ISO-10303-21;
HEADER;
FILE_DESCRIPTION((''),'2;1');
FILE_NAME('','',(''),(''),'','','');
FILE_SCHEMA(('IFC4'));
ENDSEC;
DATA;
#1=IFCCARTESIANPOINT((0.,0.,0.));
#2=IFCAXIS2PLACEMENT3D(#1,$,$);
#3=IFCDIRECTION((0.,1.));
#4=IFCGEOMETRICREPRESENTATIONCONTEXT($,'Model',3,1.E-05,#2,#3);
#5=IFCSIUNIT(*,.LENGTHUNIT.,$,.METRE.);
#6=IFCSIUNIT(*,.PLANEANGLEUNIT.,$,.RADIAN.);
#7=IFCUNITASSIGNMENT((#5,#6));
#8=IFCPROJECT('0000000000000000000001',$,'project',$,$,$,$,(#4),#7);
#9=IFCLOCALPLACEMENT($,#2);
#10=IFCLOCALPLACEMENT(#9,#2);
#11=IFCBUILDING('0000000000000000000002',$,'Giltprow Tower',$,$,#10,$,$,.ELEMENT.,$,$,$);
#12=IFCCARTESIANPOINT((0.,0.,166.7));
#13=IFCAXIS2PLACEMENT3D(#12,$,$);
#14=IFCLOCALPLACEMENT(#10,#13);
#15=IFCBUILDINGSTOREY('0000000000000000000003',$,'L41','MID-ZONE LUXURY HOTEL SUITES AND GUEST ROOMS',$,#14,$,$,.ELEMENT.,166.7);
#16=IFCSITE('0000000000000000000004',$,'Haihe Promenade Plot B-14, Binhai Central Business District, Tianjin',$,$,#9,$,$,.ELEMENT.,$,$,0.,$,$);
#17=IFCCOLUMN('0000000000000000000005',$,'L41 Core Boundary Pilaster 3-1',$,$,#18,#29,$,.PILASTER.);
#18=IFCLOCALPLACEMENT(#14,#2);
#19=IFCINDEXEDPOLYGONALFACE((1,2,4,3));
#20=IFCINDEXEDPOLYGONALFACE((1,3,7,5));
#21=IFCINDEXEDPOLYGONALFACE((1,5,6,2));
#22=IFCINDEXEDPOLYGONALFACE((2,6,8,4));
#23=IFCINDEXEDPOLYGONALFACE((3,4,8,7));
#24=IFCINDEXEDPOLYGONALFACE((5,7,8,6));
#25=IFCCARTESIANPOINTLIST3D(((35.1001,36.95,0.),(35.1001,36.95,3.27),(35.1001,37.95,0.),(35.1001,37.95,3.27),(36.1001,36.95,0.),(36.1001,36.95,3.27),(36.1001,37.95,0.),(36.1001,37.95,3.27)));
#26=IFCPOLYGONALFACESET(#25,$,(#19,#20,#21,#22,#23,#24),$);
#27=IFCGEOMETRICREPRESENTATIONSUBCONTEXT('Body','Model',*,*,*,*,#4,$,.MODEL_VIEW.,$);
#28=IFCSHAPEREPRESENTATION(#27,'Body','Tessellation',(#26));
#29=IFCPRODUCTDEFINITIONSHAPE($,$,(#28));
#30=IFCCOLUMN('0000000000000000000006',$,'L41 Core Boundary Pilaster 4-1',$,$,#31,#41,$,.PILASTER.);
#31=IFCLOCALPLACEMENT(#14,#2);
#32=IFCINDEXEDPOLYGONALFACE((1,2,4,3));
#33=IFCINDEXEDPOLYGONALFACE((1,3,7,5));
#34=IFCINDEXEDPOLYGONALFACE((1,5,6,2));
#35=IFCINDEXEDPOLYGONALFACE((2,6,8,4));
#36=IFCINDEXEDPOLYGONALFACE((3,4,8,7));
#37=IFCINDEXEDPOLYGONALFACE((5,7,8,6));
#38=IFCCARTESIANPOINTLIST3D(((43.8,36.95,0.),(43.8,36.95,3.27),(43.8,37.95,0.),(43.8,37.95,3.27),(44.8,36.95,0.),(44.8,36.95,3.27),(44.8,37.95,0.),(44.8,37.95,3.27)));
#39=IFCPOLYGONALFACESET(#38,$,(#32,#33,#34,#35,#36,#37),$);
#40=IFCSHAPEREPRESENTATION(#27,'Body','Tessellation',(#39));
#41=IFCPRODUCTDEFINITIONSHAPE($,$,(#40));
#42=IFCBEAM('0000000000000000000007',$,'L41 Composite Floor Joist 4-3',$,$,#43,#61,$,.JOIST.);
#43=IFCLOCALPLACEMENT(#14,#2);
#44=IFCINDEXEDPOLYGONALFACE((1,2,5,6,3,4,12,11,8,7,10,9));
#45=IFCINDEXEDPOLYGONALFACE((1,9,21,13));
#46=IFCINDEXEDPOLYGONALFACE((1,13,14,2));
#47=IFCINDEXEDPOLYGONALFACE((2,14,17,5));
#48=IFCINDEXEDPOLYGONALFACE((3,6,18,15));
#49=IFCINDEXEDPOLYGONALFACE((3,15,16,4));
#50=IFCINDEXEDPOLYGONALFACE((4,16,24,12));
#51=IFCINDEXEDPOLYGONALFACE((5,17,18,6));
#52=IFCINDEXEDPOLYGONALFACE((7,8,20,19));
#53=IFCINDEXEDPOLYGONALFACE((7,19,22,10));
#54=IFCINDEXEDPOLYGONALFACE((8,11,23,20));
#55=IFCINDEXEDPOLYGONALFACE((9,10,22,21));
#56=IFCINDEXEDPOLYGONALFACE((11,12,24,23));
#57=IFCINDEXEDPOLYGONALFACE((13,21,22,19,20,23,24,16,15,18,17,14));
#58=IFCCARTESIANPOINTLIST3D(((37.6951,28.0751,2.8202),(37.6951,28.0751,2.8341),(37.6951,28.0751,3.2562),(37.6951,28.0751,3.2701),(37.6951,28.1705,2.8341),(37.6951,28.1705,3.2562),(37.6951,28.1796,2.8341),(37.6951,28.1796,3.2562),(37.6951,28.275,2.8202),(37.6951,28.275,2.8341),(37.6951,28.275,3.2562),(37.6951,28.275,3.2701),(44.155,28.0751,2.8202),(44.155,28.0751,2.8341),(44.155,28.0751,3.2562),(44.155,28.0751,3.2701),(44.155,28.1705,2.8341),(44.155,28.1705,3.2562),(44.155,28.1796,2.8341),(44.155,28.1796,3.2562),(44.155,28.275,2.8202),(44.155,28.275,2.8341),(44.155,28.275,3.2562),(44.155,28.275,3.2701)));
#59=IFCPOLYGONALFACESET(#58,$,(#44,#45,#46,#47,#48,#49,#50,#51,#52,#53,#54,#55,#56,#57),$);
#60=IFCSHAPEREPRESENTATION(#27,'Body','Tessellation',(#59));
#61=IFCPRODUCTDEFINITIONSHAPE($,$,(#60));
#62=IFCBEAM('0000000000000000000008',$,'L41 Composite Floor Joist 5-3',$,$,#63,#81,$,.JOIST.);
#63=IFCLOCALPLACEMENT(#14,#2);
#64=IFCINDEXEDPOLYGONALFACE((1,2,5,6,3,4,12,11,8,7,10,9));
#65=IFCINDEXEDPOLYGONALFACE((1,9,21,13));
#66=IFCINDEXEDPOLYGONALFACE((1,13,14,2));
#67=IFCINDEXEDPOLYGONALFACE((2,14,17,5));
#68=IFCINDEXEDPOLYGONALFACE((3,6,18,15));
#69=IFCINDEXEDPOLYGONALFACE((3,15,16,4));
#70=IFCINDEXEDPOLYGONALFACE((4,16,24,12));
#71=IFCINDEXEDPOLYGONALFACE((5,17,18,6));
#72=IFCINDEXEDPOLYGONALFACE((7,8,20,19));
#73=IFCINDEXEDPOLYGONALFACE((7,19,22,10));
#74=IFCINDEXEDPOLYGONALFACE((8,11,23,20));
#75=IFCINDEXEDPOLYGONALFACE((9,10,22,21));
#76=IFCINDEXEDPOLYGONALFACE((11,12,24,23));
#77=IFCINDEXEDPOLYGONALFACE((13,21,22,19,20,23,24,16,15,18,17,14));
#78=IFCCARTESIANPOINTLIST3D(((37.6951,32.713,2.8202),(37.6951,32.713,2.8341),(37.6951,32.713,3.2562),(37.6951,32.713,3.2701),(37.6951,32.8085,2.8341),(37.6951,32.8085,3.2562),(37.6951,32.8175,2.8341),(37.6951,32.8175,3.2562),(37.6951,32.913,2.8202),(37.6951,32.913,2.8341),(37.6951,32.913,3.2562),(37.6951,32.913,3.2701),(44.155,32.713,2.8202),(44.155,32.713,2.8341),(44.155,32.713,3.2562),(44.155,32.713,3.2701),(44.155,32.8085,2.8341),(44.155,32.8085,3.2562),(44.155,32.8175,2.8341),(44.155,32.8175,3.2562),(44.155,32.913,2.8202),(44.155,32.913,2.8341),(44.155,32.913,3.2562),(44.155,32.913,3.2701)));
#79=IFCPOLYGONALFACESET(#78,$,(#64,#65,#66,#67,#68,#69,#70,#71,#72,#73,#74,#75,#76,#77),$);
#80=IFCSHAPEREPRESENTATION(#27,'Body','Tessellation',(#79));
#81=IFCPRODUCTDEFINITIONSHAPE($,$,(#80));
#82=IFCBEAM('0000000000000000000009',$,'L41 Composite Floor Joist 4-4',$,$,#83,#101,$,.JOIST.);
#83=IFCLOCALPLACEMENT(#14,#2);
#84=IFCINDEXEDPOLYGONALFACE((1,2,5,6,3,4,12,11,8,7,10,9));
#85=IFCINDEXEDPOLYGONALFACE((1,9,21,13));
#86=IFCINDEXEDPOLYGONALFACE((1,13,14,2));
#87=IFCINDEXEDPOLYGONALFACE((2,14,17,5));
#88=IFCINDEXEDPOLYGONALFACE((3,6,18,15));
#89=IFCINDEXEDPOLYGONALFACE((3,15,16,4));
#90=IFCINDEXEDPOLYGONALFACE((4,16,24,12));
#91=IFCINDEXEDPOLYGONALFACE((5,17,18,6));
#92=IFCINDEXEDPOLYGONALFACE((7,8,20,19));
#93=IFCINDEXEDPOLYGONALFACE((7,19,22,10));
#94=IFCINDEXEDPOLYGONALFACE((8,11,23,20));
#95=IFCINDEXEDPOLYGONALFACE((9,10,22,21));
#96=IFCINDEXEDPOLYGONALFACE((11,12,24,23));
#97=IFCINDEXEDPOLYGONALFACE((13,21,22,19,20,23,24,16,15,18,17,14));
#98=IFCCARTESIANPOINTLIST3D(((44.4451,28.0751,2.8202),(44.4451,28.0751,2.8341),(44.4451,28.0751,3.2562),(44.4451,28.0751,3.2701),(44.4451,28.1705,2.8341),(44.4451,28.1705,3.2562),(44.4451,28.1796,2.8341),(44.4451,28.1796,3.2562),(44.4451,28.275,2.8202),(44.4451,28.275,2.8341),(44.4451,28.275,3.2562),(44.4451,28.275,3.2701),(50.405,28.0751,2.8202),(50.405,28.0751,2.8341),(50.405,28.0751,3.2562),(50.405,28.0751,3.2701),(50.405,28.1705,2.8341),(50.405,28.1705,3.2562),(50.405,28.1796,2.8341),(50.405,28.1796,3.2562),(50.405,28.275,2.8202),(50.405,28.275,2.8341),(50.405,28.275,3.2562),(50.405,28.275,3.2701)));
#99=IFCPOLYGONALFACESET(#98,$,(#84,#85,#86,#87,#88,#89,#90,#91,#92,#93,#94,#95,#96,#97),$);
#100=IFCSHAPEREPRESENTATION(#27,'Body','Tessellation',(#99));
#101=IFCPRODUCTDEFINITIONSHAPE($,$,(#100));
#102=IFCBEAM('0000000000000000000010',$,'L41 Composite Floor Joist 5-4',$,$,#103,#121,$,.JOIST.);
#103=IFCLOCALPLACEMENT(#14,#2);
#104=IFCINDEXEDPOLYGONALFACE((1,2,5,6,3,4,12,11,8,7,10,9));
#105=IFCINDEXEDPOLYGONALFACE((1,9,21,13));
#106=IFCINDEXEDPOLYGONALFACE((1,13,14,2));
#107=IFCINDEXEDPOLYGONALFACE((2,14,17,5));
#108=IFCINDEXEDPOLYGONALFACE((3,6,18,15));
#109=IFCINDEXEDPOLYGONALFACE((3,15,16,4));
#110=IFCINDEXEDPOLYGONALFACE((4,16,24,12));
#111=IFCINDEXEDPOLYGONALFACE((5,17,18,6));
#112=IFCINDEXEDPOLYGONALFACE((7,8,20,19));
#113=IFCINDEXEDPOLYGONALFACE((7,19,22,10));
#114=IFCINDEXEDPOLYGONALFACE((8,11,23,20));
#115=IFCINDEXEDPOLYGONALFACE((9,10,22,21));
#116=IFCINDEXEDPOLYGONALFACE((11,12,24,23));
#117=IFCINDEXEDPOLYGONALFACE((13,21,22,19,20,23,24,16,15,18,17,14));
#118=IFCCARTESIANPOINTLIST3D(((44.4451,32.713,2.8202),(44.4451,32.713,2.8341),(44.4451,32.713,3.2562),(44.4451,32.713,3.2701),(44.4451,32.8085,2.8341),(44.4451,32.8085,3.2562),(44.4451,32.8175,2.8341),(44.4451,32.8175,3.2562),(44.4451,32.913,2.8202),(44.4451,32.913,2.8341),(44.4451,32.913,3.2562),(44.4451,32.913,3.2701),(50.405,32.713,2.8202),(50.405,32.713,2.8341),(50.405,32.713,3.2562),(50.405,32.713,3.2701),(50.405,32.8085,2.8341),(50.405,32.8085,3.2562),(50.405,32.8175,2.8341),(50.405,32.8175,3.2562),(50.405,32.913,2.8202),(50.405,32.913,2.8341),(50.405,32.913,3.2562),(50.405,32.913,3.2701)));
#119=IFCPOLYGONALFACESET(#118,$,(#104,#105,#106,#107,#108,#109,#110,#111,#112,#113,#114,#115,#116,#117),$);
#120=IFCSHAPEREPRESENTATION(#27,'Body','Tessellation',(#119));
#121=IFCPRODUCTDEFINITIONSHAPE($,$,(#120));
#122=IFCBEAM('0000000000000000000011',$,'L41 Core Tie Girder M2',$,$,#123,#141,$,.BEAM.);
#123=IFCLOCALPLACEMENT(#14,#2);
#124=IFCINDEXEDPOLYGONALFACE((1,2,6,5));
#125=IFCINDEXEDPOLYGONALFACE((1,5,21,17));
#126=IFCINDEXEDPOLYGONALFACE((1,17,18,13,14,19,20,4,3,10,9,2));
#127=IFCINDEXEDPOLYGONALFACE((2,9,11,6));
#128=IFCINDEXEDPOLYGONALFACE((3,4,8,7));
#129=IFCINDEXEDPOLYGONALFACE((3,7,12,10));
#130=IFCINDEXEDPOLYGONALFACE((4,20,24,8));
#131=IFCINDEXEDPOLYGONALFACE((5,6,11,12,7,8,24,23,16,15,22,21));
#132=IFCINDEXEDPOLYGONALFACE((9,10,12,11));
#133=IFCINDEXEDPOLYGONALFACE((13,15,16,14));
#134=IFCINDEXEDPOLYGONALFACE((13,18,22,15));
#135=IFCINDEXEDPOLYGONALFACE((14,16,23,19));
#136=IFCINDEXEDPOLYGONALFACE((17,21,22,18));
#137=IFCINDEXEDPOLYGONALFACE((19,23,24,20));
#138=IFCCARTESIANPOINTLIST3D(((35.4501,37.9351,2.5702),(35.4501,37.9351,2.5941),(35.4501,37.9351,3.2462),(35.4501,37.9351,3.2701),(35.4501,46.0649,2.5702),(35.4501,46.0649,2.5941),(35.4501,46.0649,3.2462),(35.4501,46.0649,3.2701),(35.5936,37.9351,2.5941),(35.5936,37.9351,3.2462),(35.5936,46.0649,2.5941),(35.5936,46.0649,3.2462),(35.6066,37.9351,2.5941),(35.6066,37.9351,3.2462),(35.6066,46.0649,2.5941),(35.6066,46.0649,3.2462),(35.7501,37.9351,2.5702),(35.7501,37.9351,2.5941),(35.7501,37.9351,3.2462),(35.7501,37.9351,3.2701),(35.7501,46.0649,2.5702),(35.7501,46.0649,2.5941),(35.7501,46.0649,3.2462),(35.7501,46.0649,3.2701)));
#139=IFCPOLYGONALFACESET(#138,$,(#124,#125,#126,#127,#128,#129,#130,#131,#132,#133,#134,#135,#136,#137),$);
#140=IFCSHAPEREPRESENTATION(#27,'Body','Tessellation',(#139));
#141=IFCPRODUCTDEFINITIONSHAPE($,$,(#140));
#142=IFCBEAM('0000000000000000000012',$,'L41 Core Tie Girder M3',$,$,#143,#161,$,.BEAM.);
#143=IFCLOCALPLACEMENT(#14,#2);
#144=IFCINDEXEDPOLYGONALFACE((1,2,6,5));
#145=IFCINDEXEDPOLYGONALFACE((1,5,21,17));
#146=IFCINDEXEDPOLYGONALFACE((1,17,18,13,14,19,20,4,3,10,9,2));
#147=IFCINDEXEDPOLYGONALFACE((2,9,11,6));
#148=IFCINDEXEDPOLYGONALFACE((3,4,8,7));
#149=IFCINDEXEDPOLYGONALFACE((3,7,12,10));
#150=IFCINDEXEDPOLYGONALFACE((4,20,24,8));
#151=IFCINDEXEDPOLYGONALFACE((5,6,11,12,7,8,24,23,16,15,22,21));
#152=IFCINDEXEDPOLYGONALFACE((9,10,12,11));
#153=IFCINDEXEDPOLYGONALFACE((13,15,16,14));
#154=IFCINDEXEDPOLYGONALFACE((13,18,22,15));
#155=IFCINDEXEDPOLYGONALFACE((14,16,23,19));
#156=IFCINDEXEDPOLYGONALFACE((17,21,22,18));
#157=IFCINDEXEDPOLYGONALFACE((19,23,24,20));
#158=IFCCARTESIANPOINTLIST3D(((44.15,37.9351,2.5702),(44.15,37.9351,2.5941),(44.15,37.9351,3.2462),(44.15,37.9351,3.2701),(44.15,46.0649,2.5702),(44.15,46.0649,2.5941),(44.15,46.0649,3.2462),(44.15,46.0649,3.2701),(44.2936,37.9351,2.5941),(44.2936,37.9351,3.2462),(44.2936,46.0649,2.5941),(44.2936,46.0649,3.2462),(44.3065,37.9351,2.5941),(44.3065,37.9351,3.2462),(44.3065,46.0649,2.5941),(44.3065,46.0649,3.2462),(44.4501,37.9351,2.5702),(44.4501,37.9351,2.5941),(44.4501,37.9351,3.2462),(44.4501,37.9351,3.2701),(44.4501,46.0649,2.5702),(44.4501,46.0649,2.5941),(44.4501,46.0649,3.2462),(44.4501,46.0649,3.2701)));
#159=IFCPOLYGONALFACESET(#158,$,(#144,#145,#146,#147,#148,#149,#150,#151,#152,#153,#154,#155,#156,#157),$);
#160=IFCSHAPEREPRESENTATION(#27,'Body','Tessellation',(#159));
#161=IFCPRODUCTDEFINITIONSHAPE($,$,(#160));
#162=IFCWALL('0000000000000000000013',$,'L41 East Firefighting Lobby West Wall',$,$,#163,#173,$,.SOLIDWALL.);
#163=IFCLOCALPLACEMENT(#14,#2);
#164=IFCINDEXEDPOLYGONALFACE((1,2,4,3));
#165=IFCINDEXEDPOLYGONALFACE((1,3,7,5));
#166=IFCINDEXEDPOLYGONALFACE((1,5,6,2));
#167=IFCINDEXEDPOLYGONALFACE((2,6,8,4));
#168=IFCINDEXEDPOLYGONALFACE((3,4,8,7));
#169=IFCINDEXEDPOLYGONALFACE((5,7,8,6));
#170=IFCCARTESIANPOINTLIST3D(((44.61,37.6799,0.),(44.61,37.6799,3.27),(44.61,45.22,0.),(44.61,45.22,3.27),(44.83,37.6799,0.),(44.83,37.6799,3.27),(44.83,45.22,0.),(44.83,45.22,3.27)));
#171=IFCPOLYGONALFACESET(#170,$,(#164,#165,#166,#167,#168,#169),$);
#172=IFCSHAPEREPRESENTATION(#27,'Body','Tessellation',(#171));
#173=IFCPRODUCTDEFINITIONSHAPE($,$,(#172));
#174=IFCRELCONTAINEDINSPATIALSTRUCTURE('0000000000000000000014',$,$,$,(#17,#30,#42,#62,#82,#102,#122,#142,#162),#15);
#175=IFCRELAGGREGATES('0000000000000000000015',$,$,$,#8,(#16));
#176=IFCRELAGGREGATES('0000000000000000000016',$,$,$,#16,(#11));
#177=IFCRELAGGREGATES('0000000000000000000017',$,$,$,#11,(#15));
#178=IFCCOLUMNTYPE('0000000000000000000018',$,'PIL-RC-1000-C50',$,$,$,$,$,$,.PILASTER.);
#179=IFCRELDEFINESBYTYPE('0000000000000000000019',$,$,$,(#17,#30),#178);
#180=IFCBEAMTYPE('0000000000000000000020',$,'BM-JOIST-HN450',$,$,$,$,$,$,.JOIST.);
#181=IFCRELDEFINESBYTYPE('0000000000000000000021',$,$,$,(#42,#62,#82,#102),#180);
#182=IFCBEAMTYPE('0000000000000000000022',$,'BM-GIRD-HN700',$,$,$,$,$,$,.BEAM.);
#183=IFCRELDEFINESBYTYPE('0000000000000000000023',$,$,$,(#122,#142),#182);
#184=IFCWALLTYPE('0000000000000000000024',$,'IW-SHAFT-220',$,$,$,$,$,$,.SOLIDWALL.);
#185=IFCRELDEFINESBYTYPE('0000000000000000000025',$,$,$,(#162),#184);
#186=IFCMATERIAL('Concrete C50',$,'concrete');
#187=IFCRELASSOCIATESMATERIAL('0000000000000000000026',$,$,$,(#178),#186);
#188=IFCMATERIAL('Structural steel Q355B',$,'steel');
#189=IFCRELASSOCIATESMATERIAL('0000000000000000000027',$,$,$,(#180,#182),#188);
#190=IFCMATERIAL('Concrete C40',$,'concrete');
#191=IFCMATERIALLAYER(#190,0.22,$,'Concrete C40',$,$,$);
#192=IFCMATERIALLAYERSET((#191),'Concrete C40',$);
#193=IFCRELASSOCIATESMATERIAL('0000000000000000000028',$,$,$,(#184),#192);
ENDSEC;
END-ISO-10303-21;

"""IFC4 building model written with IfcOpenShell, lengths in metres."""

from ifc_helpers import new_model, si_unit, direction, frame, frame_2d, origin, origin_2d, place, context, subcontext, project, spatial, rectangle, i_section, extrude, source, transform, mapped, material, layer, layer_set, material_profile, profile_set, type_object, element, save


model = new_model("IFC4")

# Units and contexts
model_context = context("Model", 3, precision=1e-05, world=origin(), true_north=direction((0.0, 1.0)))
body_context = subcontext(model_context, "Body", "Model", "MODEL_VIEW")
ifc_project = project(units=[si_unit("LENGTHUNIT", "METRE"), si_unit("PLANEANGLEUNIT", "RADIAN")], contexts=[model_context])

# Site, building, storey
site_placement = place(None, origin())
site = spatial("IfcSite", under=ifc_project, at=site_placement, Name="Haihe Promenade Plot B-14, Binhai Central Business District, Tianjin", CompositionType="ELEMENT", RefElevation=0.0)
building_placement = place(site_placement, origin())
building = spatial("IfcBuilding", under=site, at=building_placement, Name="Giltprow Tower", CompositionType="ELEMENT")
storey_placement = place(building_placement, frame((0.0, 0.0, 166.7)))
storey = spatial("IfcBuildingStorey", under=building, at=storey_placement, Name="L41", Description="MID-ZONE LUXURY HOTEL SUITES AND GUEST ROOMS", CompositionType="ELEMENT", Elevation=166.7)

# Columns
ifc_material_1 = material(Name="Concrete C50", Category="concrete")
ifc_material_profile_1 = material_profile(ifc_material_1, rectangle(XDim=1.0, YDim=1.0, at=origin_2d()), Name="RC 1000x1000")
ifc_profile_set_1 = profile_set([ifc_material_profile_1], Name="Concrete C50")
column_type = type_object("IfcColumnType", Name="PIL-RC-1000-C50", PredefinedType="PILASTER", material=ifc_profile_set_1)
shared_shape_1 = source(origin(), body_context, "Body", "SweptSolid", [
    extrude(rectangle(XDim=1.0, YDim=1.0, at=origin_2d()), origin(), (0.0, 0.0, 1.0), 3.27),
])
for number, where, z_axis, x_axis, name in (
    (1, (35.6001, 37.45, 0.0), (0.0, 0.0, 1.0), (1.0, 0.0, 0.0), "L41 Core Boundary Pilaster 3-1"),
    (2, (44.3, 37.45, 0.0), (0.0, 0.0, 1.0), (1.0, 0.0, 0.0), "L41 Core Boundary Pilaster 4-1"),
):
    element("IfcColumn", number, at=place(storey_placement, frame(where, z_axis=z_axis, x_axis=x_axis)), inside=storey, type_object=column_type, Name=name, PredefinedType="PILASTER", context=body_context, shape_type="MappedRepresentation", body=[
        mapped(shared_shape_1, transform((0.0, 0.0, 0.0), x_axis=(1.0, 0.0, 0.0), y_axis=(0.0, 1.0, 0.0), z_axis=(0.0, 0.0, 1.0), scale=1.0)),
    ])

# Beams
ifc_material_2 = material(Name="Structural steel Q355B", Category="steel")
ifc_material_profile_2 = material_profile(ifc_material_2, i_section(OverallWidth=0.2, OverallDepth=0.45, WebThickness=0.009, FlangeThickness=0.0139, at=origin_2d()), Name="HN 450x200x9x14")
ifc_profile_set_2 = profile_set([ifc_material_profile_2], Name="Structural steel Q355B")
beam_type_1 = type_object("IfcBeamType", Name="BM-JOIST-HN450", PredefinedType="JOIST", material=ifc_profile_set_2)
shared_shape_2 = source(origin(), body_context, "Body", "SweptSolid", [
    extrude(i_section(OverallWidth=0.2, OverallDepth=0.45, WebThickness=0.009, FlangeThickness=0.0139, at=origin_2d()), origin(), (0.0, 0.0, 1.0), 6.46),
])
for number, where, z_axis, x_axis, name in (
    (3, (37.6951, 28.175, 3.0452), (1.0, 0.0, 0.0), (0.0, 1.0, 0.0), "L41 Composite Floor Joist 4-3"),
    (4, (37.6951, 32.813, 3.0452), (1.0, 0.0, 0.0), (0.0, 1.0, 0.0), "L41 Composite Floor Joist 5-3"),
):
    element("IfcBeam", number, at=place(storey_placement, frame(where, z_axis=z_axis, x_axis=x_axis)), inside=storey, type_object=beam_type_1, Name=name, PredefinedType="JOIST", context=body_context, shape_type="MappedRepresentation", body=[
        mapped(shared_shape_2, transform((0.0, 0.0, 0.0), x_axis=(1.0, 0.0, 0.0), y_axis=(0.0, 1.0, 0.0), z_axis=(0.0, 0.0, 1.0), scale=1.0)),
    ])
shared_shape_3 = source(origin(), body_context, "Body", "SweptSolid", [
    extrude(i_section(OverallWidth=0.2, OverallDepth=0.45, WebThickness=0.009, FlangeThickness=0.0139, at=origin_2d()), origin(), (0.0, 0.0, 1.0), 5.96),
])
for number, where, z_axis, x_axis, name in (
    (5, (44.4451, 28.175, 3.0452), (1.0, 0.0, 0.0), (0.0, 1.0, 0.0), "L41 Composite Floor Joist 4-4"),
    (6, (44.4451, 32.813, 3.0452), (1.0, 0.0, 0.0), (0.0, 1.0, 0.0), "L41 Composite Floor Joist 5-4"),
):
    element("IfcBeam", number, at=place(storey_placement, frame(where, z_axis=z_axis, x_axis=x_axis)), inside=storey, type_object=beam_type_1, Name=name, PredefinedType="JOIST", context=body_context, shape_type="MappedRepresentation", body=[
        mapped(shared_shape_3, transform((0.0, 0.0, 0.0), x_axis=(1.0, 0.0, 0.0), y_axis=(0.0, 1.0, 0.0), z_axis=(0.0, 0.0, 1.0), scale=1.0)),
    ])
ifc_material_profile_3 = material_profile(ifc_material_2, i_section(OverallWidth=0.3, OverallDepth=0.7, WebThickness=0.0129, FlangeThickness=0.0239, at=origin_2d()), Name="HN 700x300x13x24")
ifc_profile_set_3 = profile_set([ifc_material_profile_3], Name="Structural steel Q355B")
beam_type_2 = type_object("IfcBeamType", Name="BM-GIRD-HN700", PredefinedType="BEAM", material=ifc_profile_set_3)
shared_shape_4 = source(origin(), body_context, "Body", "SweptSolid", [
    extrude(i_section(OverallWidth=0.3, OverallDepth=0.7, WebThickness=0.0129, FlangeThickness=0.0239, at=origin_2d()), origin(), (0.0, 0.0, 1.0), 8.1299),
])
for number, where, z_axis, x_axis, name in (
    (7, (35.6001, 37.9351, 2.9202), (0.0, 1.0, 0.0), (-1.0, 0.0, 0.0), "L41 Core Tie Girder M2"),
    (8, (44.3, 37.9351, 2.9202), (0.0, 1.0, 0.0), (-1.0, 0.0, 0.0), "L41 Core Tie Girder M3"),
):
    element("IfcBeam", number, at=place(storey_placement, frame(where, z_axis=z_axis, x_axis=x_axis)), inside=storey, type_object=beam_type_2, Name=name, PredefinedType="BEAM", context=body_context, shape_type="MappedRepresentation", body=[
        mapped(shared_shape_4, transform((0.0, 0.0, 0.0), x_axis=(1.0, 0.0, 0.0), y_axis=(0.0, 1.0, 0.0), z_axis=(0.0, 0.0, 1.0), scale=1.0)),
    ])

# Wall
ifc_material_3 = material(Name="Concrete C40", Category="concrete")
ifc_layer_1 = layer(ifc_material_3, 0.22, Name="Concrete C40")
ifc_layer_set_1 = layer_set([ifc_layer_1], Name="Concrete C40")
wall_type_1 = type_object("IfcWallType", Name="IW-SHAFT-220", PredefinedType="SOLIDWALL", material=ifc_layer_set_1)
wall_1_placement = place(storey_placement, frame((44.72, 37.6799, 0.0), z_axis=(0.0, 0.0, 1.0), x_axis=(0.0, 1.0, 0.0)))
element("IfcWall", 9, at=wall_1_placement, inside=storey, type_object=wall_type_1, Name="L41 East Firefighting Lobby West Wall", PredefinedType="SOLIDWALL", context=body_context, shape_type="SweptSolid", body=[
    extrude(rectangle(XDim=7.54, YDim=0.22, at=frame_2d((3.77, 0.0))), origin(), (0.0, 0.0, 1.0), 3.27),
])

save(model, "model.ifc")
